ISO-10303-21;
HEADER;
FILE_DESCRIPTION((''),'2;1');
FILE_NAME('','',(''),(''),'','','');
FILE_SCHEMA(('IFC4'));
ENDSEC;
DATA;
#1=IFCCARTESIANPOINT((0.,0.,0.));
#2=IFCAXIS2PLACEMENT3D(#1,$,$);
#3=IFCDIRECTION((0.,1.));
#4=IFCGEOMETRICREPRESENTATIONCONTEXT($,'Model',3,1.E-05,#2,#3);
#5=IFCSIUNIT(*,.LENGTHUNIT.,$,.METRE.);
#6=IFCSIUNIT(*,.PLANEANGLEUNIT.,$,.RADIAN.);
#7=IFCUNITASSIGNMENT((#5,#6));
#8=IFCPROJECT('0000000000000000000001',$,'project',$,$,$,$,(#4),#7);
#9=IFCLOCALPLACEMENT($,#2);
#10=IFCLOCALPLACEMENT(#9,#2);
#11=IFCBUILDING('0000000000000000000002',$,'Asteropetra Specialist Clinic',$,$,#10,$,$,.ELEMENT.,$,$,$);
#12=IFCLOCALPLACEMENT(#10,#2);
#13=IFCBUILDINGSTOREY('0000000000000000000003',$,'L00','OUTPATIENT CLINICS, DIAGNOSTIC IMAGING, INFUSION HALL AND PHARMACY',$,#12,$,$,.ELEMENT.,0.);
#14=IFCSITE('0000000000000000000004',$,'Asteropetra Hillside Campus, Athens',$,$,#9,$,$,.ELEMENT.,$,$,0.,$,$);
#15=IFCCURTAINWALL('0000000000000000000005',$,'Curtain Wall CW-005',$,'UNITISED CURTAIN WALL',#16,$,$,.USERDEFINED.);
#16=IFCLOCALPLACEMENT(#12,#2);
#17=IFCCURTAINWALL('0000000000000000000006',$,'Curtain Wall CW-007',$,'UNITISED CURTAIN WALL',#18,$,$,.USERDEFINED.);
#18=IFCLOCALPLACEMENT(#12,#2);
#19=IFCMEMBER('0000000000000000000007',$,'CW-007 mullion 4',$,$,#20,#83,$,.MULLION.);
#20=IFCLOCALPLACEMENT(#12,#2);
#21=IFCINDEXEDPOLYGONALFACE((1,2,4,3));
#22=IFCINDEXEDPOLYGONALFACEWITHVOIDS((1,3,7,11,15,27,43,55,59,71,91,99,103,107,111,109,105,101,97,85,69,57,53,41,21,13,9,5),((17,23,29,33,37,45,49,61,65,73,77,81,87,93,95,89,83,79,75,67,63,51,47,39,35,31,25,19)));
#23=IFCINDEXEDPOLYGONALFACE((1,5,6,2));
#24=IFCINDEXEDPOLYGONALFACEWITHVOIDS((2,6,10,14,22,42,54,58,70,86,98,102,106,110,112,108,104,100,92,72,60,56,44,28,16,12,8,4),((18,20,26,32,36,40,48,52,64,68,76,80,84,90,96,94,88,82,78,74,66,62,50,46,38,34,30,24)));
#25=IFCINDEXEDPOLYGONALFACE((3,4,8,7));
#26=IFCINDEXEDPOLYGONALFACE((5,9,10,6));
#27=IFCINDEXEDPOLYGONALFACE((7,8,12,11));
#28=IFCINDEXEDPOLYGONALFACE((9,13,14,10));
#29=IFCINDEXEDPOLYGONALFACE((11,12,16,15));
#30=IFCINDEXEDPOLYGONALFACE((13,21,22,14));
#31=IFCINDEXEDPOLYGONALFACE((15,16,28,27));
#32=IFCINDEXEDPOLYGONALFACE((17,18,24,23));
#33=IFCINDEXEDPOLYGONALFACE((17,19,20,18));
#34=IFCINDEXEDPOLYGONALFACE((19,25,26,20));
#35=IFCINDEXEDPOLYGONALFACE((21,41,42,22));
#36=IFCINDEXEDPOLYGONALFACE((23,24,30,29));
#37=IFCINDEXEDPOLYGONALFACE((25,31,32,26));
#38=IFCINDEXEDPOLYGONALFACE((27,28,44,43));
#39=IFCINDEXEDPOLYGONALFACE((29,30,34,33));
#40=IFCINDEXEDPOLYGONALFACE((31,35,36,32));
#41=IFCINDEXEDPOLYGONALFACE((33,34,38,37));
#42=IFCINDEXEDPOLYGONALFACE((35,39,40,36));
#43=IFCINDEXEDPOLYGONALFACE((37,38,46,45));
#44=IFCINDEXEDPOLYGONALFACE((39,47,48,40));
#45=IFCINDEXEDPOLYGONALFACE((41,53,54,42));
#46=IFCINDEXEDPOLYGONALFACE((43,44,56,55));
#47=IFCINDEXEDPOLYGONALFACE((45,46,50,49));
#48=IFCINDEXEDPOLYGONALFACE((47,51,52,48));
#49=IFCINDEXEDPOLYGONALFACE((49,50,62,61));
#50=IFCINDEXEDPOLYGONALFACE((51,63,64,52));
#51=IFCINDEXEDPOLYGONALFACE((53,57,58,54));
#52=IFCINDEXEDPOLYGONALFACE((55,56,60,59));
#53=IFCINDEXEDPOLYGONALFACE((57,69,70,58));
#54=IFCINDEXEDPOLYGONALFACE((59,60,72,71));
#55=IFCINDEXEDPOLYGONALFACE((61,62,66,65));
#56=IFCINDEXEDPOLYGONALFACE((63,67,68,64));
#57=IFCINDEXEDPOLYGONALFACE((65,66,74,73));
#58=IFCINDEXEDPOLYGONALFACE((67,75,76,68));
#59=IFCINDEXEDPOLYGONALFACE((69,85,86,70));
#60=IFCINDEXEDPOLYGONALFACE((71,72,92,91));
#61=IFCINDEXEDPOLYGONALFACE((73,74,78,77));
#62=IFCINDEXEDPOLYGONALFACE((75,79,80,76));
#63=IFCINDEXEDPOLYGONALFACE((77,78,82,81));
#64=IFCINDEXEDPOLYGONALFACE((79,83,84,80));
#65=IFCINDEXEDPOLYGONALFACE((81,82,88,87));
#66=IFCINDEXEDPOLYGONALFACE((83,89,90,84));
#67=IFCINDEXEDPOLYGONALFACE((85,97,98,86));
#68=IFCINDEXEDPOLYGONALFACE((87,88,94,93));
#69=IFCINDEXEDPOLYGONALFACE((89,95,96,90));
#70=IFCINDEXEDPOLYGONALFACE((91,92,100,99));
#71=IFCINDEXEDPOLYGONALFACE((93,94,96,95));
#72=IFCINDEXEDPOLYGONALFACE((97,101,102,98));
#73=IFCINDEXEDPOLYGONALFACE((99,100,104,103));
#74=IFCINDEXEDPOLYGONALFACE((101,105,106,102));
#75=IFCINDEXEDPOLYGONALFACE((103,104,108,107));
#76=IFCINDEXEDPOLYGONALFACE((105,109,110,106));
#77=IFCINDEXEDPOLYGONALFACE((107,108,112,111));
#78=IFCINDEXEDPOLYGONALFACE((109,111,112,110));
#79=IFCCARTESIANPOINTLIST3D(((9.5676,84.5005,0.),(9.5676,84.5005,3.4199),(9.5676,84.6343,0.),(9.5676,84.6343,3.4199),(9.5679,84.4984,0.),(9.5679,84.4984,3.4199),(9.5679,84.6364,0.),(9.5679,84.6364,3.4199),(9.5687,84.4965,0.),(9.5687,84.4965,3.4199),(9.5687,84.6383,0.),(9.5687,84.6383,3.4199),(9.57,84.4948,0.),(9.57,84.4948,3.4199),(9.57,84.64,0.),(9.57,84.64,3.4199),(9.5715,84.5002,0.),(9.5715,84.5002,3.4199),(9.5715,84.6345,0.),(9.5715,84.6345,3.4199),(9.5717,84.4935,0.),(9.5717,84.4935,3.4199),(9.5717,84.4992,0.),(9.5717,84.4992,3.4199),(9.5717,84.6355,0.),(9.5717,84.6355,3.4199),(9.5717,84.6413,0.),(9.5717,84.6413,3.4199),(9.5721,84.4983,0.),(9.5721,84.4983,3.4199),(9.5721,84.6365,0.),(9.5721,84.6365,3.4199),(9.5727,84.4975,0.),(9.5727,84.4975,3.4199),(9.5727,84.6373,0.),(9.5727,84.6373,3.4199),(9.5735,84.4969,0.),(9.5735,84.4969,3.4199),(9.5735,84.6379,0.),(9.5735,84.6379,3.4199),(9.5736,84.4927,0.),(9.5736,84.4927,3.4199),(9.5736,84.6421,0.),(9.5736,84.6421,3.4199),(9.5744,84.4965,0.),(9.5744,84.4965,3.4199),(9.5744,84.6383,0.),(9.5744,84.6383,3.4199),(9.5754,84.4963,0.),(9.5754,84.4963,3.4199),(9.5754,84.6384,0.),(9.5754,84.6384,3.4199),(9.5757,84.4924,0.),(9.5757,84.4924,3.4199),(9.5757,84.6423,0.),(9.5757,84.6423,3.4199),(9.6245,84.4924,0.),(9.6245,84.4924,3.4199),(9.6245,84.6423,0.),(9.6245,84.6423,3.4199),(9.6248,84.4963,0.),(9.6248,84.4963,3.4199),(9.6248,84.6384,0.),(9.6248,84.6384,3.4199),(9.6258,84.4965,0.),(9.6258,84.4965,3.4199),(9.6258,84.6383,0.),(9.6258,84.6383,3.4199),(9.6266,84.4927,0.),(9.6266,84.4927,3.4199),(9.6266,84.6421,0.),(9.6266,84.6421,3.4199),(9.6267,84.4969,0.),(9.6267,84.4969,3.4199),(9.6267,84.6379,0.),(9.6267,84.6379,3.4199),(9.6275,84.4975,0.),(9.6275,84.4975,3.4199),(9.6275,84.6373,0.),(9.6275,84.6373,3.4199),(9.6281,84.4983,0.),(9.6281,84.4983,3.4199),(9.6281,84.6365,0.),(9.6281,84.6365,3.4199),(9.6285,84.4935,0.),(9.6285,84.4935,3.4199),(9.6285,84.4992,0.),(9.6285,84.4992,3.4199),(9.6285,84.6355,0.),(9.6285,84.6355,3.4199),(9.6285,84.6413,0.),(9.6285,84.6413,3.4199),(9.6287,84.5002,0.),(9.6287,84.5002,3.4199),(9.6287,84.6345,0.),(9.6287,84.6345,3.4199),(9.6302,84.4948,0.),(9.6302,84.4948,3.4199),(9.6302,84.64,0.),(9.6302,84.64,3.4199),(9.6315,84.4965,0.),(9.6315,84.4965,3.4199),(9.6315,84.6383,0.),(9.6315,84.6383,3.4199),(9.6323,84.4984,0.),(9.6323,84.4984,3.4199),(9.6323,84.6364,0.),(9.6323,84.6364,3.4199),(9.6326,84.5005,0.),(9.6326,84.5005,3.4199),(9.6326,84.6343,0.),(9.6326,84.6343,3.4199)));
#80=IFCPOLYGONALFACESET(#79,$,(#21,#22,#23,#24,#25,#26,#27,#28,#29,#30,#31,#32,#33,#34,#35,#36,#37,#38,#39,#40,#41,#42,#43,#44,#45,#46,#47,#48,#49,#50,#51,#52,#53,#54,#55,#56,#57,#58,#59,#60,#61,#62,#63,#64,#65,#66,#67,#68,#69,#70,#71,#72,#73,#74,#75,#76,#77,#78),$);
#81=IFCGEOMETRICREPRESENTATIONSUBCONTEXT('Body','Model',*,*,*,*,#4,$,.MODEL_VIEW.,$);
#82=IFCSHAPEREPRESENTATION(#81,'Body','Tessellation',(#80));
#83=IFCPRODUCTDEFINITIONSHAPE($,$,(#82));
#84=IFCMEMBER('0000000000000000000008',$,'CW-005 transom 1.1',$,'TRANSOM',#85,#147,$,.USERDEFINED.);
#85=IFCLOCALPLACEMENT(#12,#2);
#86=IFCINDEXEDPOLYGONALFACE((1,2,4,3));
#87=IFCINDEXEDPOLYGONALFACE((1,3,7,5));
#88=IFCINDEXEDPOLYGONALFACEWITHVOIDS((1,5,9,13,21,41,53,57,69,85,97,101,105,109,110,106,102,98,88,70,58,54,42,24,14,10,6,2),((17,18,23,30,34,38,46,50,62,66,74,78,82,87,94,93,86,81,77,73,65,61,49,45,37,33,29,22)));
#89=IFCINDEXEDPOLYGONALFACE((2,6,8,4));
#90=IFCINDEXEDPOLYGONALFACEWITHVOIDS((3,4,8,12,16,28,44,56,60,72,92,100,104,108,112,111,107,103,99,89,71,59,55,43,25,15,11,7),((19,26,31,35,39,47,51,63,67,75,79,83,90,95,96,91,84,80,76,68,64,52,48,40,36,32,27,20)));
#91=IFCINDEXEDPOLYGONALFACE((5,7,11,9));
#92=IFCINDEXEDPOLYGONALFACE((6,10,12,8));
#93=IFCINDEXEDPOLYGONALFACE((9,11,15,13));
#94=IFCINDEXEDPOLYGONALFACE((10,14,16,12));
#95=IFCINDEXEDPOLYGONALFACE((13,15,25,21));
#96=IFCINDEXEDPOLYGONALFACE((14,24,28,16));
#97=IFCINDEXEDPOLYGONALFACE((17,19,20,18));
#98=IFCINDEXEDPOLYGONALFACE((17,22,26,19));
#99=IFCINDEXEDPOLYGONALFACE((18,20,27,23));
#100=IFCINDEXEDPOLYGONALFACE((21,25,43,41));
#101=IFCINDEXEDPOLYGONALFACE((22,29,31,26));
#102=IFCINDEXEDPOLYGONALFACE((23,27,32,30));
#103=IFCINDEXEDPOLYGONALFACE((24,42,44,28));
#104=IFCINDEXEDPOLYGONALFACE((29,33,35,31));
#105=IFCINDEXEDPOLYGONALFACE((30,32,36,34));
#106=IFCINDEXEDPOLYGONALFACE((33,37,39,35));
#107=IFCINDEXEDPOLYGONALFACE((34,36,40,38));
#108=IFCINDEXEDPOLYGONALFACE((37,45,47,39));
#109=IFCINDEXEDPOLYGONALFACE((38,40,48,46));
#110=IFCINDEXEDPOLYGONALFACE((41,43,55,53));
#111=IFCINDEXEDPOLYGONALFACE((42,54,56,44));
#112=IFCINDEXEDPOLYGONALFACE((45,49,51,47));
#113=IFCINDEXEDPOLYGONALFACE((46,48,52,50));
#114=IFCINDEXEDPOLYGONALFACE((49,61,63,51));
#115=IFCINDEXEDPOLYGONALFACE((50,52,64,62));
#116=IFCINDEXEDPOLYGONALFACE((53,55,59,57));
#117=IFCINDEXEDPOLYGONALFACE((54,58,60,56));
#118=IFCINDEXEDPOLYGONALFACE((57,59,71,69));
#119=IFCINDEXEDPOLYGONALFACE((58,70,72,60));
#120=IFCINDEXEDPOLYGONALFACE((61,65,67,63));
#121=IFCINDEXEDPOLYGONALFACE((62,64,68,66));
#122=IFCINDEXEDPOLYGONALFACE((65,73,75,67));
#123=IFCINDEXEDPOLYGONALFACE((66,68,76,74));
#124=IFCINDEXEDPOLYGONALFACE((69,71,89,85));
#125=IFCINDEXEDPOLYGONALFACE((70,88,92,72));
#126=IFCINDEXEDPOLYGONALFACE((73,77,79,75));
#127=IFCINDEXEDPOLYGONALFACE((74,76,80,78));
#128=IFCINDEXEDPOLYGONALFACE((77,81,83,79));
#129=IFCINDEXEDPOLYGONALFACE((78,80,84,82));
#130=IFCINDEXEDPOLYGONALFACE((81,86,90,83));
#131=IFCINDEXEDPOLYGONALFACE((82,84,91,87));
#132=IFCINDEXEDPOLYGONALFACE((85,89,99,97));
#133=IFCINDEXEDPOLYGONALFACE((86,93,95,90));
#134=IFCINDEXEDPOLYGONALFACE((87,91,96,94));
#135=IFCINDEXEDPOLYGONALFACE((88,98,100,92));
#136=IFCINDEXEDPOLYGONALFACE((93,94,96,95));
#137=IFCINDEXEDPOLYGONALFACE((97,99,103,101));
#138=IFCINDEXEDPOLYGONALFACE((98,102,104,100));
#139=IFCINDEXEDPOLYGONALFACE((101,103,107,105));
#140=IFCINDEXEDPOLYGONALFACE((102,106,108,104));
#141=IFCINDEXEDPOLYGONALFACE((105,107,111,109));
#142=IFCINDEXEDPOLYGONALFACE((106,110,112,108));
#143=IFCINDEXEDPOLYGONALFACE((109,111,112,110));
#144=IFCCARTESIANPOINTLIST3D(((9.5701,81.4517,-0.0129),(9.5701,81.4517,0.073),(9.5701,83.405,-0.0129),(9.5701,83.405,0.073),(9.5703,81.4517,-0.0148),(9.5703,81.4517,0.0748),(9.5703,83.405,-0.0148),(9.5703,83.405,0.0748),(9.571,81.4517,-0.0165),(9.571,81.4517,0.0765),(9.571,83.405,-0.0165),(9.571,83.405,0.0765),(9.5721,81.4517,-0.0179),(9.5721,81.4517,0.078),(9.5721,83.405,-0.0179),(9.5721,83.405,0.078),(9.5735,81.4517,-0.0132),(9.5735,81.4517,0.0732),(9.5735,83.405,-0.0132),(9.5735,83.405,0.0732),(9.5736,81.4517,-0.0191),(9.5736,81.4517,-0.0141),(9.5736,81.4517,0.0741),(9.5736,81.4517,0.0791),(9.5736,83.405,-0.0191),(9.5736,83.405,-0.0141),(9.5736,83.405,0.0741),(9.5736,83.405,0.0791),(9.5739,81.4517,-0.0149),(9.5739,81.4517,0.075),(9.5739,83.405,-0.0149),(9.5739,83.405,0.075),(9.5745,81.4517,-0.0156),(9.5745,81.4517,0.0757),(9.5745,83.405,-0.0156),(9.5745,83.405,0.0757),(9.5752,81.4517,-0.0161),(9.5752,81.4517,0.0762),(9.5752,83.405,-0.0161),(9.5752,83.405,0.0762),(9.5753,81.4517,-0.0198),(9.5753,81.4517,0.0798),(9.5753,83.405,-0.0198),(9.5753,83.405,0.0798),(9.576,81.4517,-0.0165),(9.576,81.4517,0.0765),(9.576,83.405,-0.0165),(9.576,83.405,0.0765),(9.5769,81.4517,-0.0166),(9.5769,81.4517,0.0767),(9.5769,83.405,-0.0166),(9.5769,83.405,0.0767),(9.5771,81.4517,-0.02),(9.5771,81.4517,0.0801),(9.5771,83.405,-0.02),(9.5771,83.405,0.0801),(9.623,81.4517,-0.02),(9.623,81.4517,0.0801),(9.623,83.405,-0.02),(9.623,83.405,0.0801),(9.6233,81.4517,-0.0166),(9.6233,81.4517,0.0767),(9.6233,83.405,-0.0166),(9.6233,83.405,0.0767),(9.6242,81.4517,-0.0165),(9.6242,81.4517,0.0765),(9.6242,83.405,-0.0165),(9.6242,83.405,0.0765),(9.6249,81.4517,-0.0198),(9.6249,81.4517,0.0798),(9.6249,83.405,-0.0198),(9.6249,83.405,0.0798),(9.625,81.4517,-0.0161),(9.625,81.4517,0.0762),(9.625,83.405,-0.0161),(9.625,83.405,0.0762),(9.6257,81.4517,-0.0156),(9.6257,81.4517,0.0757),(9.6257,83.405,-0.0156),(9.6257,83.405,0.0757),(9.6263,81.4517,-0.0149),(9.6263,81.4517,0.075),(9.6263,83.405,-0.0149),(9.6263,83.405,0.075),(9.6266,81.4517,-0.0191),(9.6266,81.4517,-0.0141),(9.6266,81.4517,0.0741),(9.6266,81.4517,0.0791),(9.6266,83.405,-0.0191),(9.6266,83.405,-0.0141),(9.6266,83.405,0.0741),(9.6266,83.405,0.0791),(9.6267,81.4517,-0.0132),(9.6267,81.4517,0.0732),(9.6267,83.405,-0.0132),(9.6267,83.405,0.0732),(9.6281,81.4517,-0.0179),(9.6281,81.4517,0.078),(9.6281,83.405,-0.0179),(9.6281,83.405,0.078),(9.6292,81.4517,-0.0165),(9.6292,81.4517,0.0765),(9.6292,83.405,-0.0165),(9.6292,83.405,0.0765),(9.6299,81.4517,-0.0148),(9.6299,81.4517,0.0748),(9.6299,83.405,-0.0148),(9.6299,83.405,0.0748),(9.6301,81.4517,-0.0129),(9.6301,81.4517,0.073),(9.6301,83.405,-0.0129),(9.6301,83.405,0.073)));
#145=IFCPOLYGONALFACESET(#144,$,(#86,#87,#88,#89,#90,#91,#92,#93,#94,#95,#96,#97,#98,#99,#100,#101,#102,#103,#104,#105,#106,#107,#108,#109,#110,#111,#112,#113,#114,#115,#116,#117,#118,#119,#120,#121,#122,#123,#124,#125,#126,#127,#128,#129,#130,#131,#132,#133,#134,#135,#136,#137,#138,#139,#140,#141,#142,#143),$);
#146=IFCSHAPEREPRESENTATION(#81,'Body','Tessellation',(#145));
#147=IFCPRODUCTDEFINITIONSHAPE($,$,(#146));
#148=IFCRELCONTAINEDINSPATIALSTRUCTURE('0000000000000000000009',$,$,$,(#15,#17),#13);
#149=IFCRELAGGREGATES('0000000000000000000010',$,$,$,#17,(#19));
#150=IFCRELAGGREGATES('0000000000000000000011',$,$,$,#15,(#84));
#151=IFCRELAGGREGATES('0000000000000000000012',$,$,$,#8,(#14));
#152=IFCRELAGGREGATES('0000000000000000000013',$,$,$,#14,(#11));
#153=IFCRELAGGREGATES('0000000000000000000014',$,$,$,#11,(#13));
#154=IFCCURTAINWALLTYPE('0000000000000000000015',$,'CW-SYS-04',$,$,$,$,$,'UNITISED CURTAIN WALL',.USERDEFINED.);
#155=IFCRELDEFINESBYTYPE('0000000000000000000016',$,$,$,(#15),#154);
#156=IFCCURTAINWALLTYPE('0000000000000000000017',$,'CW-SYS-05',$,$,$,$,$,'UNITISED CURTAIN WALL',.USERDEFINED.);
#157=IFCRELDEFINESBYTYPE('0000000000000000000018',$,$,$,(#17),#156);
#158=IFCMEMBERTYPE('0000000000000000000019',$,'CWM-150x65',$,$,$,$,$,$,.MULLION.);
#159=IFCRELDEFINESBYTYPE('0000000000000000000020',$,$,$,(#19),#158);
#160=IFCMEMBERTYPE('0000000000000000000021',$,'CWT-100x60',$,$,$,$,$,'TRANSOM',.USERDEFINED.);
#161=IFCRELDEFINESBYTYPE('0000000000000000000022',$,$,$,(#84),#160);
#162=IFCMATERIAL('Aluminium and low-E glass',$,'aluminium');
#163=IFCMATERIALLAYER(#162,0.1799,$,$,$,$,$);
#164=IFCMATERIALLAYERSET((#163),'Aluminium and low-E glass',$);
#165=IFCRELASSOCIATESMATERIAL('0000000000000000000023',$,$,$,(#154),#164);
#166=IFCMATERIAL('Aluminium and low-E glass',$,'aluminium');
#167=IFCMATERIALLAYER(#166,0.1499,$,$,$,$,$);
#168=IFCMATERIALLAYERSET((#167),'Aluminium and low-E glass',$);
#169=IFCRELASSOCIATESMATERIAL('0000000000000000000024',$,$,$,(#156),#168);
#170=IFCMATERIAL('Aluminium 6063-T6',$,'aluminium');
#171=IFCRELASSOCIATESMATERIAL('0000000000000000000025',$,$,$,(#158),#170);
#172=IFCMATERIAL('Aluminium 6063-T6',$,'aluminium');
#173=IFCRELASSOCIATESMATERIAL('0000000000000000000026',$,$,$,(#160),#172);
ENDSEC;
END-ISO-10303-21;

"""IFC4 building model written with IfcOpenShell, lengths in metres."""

from ifc_helpers import new_model, si_unit, direction, frame, origin, origin_2d, place, context, subcontext, project, spatial, hollow_rectangle, extrude, material, layer, layer_set, material_profile, profile_set, type_object, element, aggregate, save


model = new_model("IFC4")

# Units and contexts
model_context = context("Model", 3, precision=1e-05, world=origin(), true_north=direction((0.0, 1.0)))
body_context = subcontext(model_context, "Body", "Model", "MODEL_VIEW")
ifc_project = project(units=[si_unit("LENGTHUNIT", "METRE"), si_unit("PLANEANGLEUNIT", "RADIAN")], contexts=[model_context])

# Site, building, storey
site_placement = place(None, origin())
site = spatial("IfcSite", under=ifc_project, at=site_placement, Name="Asteropetra Hillside Campus, Athens", CompositionType="ELEMENT", RefElevation=0.0)
building_placement = place(site_placement, origin())
building = spatial("IfcBuilding", under=site, at=building_placement, Name="Asteropetra Specialist Clinic", CompositionType="ELEMENT")
storey_placement = place(building_placement, origin())
storey = spatial("IfcBuildingStorey", under=building, at=storey_placement, Name="L00", Description="OUTPATIENT CLINICS, DIAGNOSTIC IMAGING, INFUSION HALL AND PHARMACY", CompositionType="ELEMENT", Elevation=0.0)

# Curtain wall
ifc_material_1 = material(Name="Aluminium and low-E glass", Category="aluminium")
ifc_layer_1 = layer(ifc_material_1, 0.1799)
ifc_layer_set_1 = layer_set([ifc_layer_1], Name="Aluminium and low-E glass")
curtain_wall_type_1 = type_object("IfcCurtainWallType", Name="CW-SYS-04", ElementType="UNITISED CURTAIN WALL", PredefinedType="USERDEFINED", material=ifc_layer_set_1)
curtain_wall_1_placement = place(storey_placement, origin())
curtain_wall_1 = element("IfcCurtainWall", 1, at=curtain_wall_1_placement, inside=storey, type_object=curtain_wall_type_1, Name="Curtain Wall CW-005", ObjectType="UNITISED CURTAIN WALL", PredefinedType="USERDEFINED")

# Curtain wall, member
ifc_material_2 = material(Name="Aluminium and low-E glass", Category="aluminium")
ifc_layer_2 = layer(ifc_material_2, 0.1499)
ifc_layer_set_2 = layer_set([ifc_layer_2], Name="Aluminium and low-E glass")
curtain_wall_type_2 = type_object("IfcCurtainWallType", Name="CW-SYS-05", ElementType="UNITISED CURTAIN WALL", PredefinedType="USERDEFINED", material=ifc_layer_set_2)
curtain_wall_2_placement = place(storey_placement, origin())
curtain_wall_2 = element("IfcCurtainWall", 2, at=curtain_wall_2_placement, inside=storey, type_object=curtain_wall_type_2, Name="Curtain Wall CW-007", ObjectType="UNITISED CURTAIN WALL", PredefinedType="USERDEFINED")
ifc_material_3 = material(Name="Aluminium 6063-T6", Category="aluminium")
ifc_material_profile_1 = material_profile(ifc_material_3, hollow_rectangle(XDim=0.0649, YDim=0.1499, WallThickness=0.0039, InnerFilletRadius=0.0039, OuterFilletRadius=0.0081, at=origin_2d()), Name="MUL 150x65x4.0")
ifc_profile_set_1 = profile_set([ifc_material_profile_1], Name="Aluminium 6063-T6")
member_type_1 = type_object("IfcMemberType", Name="CWM-150x65", PredefinedType="MULLION", material=ifc_profile_set_1)
member_1_placement = place(storey_placement, frame((9.6001, 84.5674, 0.0), z_axis=(0.0, 0.0, 1.0), x_axis=(1.0, 0.0, 0.0)))
member_1 = element("IfcMember", 3, at=member_1_placement, type_object=member_type_1, Name="CW-007 mullion 4", PredefinedType="MULLION", context=body_context, shape_type="SweptSolid", body=[
    extrude(hollow_rectangle(XDim=0.0649, YDim=0.1499, WallThickness=0.0039, InnerFilletRadius=0.0039, OuterFilletRadius=0.0081, at=origin_2d()), origin(), (0.0, 0.0, 1.0), 3.4199),
])
aggregate(curtain_wall_2, [member_1])

# Member
ifc_material_4 = material(Name="Aluminium 6063-T6", Category="aluminium")
ifc_material_profile_2 = material_profile(ifc_material_4, hollow_rectangle(XDim=0.0601, YDim=0.1001, WallThickness=0.0034, InnerFilletRadius=0.0034, OuterFilletRadius=0.0071, at=origin_2d()), Name="TRN 100x60x3.5")
ifc_profile_set_2 = profile_set([ifc_material_profile_2], Name="Aluminium 6063-T6")
member_type_2 = type_object("IfcMemberType", Name="CWT-100x60", ElementType="TRANSOM", PredefinedType="USERDEFINED", material=ifc_profile_set_2)
member_2_placement = place(storey_placement, frame((9.6001, 83.405, 0.03), z_axis=(0.0, -1.0, 0.0), x_axis=(1.0, 0.0, 0.0)))
member_2 = element("IfcMember", 4, at=member_2_placement, type_object=member_type_2, Name="CW-005 transom 1.1", ObjectType="TRANSOM", PredefinedType="USERDEFINED", context=body_context, shape_type="SweptSolid", body=[
    extrude(hollow_rectangle(XDim=0.0601, YDim=0.1001, WallThickness=0.0034, InnerFilletRadius=0.0034, OuterFilletRadius=0.0071, at=origin_2d()), origin(), (0.0, 0.0, 1.0), 1.9534),
])

aggregate(curtain_wall_1, [member_2])

save(model, "model.ifc")
